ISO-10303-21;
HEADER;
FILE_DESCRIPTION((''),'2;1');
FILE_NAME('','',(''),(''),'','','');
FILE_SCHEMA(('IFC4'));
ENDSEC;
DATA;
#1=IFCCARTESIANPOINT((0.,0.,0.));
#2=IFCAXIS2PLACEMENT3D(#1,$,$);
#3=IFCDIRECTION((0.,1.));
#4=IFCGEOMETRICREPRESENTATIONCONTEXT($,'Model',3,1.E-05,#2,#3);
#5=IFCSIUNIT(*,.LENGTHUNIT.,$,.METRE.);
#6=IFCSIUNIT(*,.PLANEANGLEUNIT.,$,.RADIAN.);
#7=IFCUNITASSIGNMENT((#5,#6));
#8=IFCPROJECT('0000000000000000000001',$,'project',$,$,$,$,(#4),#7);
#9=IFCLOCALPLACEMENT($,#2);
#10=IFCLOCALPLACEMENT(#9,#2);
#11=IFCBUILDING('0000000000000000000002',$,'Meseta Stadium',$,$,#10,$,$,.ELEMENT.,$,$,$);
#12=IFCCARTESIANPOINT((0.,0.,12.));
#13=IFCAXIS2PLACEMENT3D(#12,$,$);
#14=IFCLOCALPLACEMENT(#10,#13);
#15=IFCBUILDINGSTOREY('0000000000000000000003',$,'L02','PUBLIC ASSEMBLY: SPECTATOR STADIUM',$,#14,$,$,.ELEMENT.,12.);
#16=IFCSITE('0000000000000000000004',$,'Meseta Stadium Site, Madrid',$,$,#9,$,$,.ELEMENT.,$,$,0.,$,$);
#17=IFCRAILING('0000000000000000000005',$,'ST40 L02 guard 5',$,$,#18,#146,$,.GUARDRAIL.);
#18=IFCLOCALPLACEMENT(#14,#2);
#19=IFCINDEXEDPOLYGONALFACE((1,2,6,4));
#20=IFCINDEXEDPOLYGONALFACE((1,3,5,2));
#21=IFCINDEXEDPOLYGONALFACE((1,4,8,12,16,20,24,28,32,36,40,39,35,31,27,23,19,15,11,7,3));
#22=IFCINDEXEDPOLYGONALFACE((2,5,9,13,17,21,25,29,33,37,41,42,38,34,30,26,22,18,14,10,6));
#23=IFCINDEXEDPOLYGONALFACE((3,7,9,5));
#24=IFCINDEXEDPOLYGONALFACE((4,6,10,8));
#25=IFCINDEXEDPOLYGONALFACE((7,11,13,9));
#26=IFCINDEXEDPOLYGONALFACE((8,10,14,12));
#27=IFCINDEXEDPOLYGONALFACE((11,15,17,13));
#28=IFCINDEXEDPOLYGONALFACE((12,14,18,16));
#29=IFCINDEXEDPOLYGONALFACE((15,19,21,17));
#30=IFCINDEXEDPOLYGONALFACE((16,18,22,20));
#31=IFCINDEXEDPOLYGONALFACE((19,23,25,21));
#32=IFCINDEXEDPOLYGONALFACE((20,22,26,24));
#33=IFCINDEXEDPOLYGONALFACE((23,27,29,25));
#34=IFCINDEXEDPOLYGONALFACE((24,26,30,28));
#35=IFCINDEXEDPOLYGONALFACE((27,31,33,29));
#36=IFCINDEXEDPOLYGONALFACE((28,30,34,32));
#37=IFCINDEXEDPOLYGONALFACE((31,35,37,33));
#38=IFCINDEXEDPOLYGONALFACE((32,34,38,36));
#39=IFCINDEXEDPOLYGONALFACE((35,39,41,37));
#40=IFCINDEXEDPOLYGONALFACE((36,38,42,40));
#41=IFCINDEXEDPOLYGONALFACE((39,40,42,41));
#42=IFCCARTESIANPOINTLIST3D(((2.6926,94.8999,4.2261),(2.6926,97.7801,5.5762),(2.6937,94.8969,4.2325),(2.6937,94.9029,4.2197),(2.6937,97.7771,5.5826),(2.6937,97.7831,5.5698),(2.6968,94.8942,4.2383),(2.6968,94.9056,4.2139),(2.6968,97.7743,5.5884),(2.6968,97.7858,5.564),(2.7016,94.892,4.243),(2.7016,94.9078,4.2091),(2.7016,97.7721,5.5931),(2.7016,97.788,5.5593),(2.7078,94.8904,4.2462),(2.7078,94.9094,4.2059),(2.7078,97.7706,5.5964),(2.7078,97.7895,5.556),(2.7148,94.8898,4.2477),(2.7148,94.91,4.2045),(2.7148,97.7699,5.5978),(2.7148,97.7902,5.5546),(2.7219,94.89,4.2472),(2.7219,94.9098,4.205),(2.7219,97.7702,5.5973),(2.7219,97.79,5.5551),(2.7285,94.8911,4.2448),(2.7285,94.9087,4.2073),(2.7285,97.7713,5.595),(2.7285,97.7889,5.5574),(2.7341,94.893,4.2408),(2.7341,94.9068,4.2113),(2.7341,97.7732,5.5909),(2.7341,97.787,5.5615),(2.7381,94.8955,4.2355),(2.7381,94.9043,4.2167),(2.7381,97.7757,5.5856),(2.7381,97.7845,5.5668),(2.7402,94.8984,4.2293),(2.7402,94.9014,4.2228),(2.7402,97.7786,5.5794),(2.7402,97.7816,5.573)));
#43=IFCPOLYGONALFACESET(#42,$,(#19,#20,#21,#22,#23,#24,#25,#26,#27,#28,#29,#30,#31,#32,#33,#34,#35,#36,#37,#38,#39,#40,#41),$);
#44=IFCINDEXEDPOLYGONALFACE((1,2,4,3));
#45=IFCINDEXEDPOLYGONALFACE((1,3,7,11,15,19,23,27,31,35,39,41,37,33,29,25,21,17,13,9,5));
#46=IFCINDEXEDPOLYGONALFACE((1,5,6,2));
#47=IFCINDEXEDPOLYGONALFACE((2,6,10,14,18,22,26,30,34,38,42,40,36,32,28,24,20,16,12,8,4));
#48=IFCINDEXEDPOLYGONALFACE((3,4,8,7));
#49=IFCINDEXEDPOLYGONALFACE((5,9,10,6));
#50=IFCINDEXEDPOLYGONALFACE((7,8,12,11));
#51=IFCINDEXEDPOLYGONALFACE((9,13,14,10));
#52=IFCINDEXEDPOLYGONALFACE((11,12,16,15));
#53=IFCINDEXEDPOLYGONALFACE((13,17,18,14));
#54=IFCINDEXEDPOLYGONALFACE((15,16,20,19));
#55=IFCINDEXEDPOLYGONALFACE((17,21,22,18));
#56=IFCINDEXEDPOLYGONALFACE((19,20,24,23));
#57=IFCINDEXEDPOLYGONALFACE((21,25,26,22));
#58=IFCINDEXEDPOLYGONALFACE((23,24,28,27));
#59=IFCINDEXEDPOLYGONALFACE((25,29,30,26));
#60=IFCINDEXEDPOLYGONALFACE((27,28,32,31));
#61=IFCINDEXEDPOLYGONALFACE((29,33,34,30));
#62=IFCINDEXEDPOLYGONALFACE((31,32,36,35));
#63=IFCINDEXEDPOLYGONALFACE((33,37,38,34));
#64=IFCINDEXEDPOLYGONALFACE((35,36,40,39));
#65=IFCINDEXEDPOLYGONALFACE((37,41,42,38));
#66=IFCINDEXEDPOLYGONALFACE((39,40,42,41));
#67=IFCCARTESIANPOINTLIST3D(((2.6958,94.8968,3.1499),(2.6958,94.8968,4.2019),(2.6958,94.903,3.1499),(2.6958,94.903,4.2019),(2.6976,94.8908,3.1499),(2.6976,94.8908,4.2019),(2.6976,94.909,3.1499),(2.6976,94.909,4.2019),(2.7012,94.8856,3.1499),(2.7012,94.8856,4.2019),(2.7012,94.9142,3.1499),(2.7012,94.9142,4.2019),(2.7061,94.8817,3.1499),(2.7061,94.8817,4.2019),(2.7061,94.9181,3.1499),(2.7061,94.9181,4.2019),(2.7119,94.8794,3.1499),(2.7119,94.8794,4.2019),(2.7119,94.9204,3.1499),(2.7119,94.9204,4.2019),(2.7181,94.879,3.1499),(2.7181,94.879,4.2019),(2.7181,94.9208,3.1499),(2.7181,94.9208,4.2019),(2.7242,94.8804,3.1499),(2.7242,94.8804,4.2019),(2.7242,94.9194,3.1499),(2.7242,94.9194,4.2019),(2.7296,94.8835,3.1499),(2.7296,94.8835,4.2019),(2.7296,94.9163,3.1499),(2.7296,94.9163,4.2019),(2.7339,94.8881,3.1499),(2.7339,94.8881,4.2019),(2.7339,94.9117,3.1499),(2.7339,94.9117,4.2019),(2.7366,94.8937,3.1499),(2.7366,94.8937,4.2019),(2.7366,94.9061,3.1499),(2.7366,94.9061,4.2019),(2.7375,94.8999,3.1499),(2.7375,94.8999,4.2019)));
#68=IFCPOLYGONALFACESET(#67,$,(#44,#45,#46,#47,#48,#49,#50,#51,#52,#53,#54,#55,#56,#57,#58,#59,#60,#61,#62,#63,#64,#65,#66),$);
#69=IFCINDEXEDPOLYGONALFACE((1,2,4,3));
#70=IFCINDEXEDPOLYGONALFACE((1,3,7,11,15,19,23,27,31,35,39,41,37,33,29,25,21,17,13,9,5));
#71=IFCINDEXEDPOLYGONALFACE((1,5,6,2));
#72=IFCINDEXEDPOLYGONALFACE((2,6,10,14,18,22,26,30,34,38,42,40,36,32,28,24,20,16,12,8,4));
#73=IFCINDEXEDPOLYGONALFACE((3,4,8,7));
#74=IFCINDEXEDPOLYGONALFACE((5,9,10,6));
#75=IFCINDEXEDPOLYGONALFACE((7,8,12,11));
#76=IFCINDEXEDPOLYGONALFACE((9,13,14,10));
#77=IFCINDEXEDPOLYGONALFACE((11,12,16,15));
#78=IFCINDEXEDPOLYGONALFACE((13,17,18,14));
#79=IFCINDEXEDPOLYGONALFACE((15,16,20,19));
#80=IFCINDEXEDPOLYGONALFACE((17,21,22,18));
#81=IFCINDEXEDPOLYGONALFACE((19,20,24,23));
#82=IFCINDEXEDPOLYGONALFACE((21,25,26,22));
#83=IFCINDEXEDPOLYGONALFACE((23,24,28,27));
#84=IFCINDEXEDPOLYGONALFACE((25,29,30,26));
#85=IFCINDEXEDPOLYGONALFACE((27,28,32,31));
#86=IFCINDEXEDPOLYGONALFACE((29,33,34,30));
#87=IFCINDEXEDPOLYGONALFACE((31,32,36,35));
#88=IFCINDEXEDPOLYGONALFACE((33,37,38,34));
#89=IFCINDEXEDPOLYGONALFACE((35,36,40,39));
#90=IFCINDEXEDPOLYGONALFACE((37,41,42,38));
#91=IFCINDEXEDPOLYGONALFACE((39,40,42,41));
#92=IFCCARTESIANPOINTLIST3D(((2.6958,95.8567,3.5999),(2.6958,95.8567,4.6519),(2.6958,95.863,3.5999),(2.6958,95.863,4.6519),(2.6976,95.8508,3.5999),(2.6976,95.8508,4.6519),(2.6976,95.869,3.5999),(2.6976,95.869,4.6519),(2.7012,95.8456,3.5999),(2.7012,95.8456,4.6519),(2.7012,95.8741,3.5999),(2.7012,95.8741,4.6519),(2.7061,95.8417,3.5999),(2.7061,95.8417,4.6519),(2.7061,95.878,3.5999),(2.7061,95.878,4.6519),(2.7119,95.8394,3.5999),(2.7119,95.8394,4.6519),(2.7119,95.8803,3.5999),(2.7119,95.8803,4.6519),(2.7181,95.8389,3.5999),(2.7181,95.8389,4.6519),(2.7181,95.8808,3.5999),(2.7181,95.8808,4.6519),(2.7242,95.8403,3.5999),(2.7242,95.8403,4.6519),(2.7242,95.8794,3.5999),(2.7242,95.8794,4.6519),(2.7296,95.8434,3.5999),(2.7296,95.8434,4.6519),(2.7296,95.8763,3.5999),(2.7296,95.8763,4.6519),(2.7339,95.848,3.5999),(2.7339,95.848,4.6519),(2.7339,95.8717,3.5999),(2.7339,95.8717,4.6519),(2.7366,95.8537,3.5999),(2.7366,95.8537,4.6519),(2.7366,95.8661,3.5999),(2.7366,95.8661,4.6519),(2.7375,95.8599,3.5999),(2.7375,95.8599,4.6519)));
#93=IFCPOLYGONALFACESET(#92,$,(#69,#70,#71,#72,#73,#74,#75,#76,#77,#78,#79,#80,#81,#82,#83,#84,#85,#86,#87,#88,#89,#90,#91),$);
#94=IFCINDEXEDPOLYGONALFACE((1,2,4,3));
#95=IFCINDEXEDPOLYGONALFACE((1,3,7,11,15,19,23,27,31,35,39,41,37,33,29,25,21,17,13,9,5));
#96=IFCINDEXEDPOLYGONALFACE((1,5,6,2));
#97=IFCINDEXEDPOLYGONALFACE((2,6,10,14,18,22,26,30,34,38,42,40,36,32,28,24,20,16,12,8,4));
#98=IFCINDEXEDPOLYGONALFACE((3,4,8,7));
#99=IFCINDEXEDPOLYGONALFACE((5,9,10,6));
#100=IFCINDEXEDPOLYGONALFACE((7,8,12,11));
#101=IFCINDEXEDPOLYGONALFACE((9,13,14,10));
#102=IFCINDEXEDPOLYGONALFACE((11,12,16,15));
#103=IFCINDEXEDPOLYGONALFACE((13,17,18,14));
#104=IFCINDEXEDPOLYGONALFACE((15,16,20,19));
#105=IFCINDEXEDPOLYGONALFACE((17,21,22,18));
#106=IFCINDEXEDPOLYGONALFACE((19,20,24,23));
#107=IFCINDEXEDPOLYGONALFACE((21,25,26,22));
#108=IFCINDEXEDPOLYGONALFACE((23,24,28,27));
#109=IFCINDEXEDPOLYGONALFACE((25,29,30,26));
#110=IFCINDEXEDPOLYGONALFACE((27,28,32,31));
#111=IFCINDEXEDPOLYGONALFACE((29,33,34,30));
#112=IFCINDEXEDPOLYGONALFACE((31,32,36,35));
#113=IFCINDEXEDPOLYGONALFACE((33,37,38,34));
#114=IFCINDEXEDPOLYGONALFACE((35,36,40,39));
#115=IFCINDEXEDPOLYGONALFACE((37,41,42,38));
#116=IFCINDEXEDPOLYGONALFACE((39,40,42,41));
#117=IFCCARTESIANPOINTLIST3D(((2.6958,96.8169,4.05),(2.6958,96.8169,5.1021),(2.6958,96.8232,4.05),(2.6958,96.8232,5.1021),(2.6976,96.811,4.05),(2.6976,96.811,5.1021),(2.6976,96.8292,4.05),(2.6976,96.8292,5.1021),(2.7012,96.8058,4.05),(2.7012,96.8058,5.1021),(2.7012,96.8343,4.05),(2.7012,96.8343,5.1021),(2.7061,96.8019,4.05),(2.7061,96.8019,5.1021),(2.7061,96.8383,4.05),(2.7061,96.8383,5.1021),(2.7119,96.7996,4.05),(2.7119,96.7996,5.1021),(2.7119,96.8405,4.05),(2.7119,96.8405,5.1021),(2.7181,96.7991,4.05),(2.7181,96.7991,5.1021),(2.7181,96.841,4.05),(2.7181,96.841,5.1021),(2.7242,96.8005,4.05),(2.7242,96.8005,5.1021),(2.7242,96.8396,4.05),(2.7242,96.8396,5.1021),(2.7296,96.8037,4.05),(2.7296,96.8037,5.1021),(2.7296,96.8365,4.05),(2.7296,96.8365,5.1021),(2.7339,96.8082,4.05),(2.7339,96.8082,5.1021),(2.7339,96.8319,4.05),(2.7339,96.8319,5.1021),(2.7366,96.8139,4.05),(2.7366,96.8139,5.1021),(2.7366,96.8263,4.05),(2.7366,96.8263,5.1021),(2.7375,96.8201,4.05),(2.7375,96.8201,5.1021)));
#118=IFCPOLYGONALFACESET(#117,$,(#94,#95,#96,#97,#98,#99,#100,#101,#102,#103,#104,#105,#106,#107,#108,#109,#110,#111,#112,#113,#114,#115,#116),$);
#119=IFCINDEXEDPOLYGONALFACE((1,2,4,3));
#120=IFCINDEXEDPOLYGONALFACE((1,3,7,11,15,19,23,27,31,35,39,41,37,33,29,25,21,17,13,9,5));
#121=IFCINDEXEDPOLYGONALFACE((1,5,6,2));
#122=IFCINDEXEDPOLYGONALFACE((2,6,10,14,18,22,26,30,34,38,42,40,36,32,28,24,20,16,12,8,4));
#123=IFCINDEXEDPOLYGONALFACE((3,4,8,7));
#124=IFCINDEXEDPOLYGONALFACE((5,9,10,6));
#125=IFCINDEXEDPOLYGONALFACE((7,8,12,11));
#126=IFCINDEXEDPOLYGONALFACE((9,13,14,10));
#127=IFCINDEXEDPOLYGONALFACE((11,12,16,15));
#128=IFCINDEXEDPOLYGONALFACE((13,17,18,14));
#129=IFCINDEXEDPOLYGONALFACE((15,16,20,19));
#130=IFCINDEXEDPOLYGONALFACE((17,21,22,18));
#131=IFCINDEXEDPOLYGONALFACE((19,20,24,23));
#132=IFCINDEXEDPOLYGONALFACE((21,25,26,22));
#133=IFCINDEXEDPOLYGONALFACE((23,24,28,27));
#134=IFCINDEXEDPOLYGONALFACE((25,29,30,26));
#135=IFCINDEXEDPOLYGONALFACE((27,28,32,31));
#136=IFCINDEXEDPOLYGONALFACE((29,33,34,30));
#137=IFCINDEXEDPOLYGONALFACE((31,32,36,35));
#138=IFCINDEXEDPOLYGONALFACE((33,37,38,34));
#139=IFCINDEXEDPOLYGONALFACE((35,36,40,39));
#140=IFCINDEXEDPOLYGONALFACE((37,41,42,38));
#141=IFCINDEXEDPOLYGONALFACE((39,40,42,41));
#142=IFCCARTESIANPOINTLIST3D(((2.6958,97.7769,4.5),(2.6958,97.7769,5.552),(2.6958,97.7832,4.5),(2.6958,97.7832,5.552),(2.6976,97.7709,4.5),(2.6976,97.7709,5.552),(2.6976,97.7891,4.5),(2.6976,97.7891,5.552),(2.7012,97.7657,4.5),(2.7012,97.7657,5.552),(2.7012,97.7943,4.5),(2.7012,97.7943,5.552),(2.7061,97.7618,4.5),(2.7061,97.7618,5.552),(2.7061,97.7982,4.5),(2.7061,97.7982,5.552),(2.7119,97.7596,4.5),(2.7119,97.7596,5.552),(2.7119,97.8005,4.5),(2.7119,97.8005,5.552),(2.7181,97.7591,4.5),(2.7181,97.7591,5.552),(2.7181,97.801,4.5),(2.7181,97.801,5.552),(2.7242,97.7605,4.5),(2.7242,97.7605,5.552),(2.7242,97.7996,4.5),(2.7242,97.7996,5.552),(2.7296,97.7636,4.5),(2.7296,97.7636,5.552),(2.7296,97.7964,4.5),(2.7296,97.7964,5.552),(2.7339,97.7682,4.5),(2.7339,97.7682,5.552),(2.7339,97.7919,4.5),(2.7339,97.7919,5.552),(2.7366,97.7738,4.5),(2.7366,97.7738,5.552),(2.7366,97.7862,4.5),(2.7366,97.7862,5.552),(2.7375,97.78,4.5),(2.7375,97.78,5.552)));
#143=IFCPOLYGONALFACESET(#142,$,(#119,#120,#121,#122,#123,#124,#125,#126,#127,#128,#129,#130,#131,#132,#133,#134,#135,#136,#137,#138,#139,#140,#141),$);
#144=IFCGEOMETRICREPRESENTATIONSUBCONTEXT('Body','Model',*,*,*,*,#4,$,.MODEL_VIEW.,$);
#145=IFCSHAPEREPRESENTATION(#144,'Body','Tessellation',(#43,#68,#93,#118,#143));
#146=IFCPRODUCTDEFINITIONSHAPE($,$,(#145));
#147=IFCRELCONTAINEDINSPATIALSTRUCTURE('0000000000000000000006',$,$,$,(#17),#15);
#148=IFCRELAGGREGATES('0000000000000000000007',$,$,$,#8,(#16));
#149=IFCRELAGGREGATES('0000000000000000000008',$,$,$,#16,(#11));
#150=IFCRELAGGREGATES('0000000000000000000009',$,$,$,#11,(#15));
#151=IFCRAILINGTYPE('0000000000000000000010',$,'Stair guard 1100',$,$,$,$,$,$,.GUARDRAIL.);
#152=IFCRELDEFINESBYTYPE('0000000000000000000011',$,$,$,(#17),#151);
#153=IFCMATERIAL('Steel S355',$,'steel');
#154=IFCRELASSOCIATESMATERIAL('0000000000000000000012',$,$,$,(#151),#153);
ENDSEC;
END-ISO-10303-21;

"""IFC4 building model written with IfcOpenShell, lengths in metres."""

from ifc_helpers import new_model, si_unit, direction, frame, origin, origin_2d, place, context, subcontext, project, spatial, circle, extrude, material, type_object, element, save


model = new_model("IFC4")

# Units and contexts
model_context = context("Model", 3, precision=1e-05, world=origin(), true_north=direction((0.0, 1.0)))
body_context = subcontext(model_context, "Body", "Model", "MODEL_VIEW")
ifc_project = project(units=[si_unit("LENGTHUNIT", "METRE"), si_unit("PLANEANGLEUNIT", "RADIAN")], contexts=[model_context])

# Site, building, storey
site_placement = place(None, origin())
site = spatial("IfcSite", under=ifc_project, at=site_placement, Name="Meseta Stadium Site, Madrid", CompositionType="ELEMENT", RefElevation=0.0)
building_placement = place(site_placement, origin())
building = spatial("IfcBuilding", under=site, at=building_placement, Name="Meseta Stadium", CompositionType="ELEMENT")
storey_placement = place(building_placement, frame((0.0, 0.0, 12.0)))
storey = spatial("IfcBuildingStorey", under=building, at=storey_placement, Name="L02", Description="PUBLIC ASSEMBLY: SPECTATOR STADIUM", CompositionType="ELEMENT", Elevation=12.0)

# Railing
ifc_material_1 = material(Name="Steel S355", Category="steel")
railing_type_1 = type_object("IfcRailingType", Name="Stair guard 1100", PredefinedType="GUARDRAIL", material=ifc_material_1)
railing_1_placement = place(storey_placement, frame((2.7166, 94.8999, 3.1499)))
element("IfcRailing", 1, at=railing_1_placement, inside=storey, type_object=railing_type_1, Name="ST40 L02 guard 5", PredefinedType="GUARDRAIL", context=body_context, shape_type="SweptSolid", body=[
    extrude(circle(Radius=0.0239, at=origin_2d()), frame((0.0, 0.0, 1.0762), z_axis=(0.0, 0.905454, 0.424444), x_axis=(-1.0, 0.0, 0.0)), (0.0, 0.0, 1.0), 3.1809),
    extrude(circle(Radius=0.021, at=origin_2d()), origin(), (0.0, 0.0, 1.0), 1.052),
    extrude(circle(Radius=0.021, at=origin_2d()), frame((0.0, 0.96, 0.45)), (0.0, 0.0, 1.0), 1.052),
    extrude(circle(Radius=0.021, at=origin_2d()), frame((0.0, 1.9202, 0.9001)), (0.0, 0.0, 1.0), 1.052),
    extrude(circle(Radius=0.021, at=origin_2d()), frame((0.0, 2.8801, 1.3501)), (0.0, 0.0, 1.0), 1.052),
])

save(model, "model.ifc")
